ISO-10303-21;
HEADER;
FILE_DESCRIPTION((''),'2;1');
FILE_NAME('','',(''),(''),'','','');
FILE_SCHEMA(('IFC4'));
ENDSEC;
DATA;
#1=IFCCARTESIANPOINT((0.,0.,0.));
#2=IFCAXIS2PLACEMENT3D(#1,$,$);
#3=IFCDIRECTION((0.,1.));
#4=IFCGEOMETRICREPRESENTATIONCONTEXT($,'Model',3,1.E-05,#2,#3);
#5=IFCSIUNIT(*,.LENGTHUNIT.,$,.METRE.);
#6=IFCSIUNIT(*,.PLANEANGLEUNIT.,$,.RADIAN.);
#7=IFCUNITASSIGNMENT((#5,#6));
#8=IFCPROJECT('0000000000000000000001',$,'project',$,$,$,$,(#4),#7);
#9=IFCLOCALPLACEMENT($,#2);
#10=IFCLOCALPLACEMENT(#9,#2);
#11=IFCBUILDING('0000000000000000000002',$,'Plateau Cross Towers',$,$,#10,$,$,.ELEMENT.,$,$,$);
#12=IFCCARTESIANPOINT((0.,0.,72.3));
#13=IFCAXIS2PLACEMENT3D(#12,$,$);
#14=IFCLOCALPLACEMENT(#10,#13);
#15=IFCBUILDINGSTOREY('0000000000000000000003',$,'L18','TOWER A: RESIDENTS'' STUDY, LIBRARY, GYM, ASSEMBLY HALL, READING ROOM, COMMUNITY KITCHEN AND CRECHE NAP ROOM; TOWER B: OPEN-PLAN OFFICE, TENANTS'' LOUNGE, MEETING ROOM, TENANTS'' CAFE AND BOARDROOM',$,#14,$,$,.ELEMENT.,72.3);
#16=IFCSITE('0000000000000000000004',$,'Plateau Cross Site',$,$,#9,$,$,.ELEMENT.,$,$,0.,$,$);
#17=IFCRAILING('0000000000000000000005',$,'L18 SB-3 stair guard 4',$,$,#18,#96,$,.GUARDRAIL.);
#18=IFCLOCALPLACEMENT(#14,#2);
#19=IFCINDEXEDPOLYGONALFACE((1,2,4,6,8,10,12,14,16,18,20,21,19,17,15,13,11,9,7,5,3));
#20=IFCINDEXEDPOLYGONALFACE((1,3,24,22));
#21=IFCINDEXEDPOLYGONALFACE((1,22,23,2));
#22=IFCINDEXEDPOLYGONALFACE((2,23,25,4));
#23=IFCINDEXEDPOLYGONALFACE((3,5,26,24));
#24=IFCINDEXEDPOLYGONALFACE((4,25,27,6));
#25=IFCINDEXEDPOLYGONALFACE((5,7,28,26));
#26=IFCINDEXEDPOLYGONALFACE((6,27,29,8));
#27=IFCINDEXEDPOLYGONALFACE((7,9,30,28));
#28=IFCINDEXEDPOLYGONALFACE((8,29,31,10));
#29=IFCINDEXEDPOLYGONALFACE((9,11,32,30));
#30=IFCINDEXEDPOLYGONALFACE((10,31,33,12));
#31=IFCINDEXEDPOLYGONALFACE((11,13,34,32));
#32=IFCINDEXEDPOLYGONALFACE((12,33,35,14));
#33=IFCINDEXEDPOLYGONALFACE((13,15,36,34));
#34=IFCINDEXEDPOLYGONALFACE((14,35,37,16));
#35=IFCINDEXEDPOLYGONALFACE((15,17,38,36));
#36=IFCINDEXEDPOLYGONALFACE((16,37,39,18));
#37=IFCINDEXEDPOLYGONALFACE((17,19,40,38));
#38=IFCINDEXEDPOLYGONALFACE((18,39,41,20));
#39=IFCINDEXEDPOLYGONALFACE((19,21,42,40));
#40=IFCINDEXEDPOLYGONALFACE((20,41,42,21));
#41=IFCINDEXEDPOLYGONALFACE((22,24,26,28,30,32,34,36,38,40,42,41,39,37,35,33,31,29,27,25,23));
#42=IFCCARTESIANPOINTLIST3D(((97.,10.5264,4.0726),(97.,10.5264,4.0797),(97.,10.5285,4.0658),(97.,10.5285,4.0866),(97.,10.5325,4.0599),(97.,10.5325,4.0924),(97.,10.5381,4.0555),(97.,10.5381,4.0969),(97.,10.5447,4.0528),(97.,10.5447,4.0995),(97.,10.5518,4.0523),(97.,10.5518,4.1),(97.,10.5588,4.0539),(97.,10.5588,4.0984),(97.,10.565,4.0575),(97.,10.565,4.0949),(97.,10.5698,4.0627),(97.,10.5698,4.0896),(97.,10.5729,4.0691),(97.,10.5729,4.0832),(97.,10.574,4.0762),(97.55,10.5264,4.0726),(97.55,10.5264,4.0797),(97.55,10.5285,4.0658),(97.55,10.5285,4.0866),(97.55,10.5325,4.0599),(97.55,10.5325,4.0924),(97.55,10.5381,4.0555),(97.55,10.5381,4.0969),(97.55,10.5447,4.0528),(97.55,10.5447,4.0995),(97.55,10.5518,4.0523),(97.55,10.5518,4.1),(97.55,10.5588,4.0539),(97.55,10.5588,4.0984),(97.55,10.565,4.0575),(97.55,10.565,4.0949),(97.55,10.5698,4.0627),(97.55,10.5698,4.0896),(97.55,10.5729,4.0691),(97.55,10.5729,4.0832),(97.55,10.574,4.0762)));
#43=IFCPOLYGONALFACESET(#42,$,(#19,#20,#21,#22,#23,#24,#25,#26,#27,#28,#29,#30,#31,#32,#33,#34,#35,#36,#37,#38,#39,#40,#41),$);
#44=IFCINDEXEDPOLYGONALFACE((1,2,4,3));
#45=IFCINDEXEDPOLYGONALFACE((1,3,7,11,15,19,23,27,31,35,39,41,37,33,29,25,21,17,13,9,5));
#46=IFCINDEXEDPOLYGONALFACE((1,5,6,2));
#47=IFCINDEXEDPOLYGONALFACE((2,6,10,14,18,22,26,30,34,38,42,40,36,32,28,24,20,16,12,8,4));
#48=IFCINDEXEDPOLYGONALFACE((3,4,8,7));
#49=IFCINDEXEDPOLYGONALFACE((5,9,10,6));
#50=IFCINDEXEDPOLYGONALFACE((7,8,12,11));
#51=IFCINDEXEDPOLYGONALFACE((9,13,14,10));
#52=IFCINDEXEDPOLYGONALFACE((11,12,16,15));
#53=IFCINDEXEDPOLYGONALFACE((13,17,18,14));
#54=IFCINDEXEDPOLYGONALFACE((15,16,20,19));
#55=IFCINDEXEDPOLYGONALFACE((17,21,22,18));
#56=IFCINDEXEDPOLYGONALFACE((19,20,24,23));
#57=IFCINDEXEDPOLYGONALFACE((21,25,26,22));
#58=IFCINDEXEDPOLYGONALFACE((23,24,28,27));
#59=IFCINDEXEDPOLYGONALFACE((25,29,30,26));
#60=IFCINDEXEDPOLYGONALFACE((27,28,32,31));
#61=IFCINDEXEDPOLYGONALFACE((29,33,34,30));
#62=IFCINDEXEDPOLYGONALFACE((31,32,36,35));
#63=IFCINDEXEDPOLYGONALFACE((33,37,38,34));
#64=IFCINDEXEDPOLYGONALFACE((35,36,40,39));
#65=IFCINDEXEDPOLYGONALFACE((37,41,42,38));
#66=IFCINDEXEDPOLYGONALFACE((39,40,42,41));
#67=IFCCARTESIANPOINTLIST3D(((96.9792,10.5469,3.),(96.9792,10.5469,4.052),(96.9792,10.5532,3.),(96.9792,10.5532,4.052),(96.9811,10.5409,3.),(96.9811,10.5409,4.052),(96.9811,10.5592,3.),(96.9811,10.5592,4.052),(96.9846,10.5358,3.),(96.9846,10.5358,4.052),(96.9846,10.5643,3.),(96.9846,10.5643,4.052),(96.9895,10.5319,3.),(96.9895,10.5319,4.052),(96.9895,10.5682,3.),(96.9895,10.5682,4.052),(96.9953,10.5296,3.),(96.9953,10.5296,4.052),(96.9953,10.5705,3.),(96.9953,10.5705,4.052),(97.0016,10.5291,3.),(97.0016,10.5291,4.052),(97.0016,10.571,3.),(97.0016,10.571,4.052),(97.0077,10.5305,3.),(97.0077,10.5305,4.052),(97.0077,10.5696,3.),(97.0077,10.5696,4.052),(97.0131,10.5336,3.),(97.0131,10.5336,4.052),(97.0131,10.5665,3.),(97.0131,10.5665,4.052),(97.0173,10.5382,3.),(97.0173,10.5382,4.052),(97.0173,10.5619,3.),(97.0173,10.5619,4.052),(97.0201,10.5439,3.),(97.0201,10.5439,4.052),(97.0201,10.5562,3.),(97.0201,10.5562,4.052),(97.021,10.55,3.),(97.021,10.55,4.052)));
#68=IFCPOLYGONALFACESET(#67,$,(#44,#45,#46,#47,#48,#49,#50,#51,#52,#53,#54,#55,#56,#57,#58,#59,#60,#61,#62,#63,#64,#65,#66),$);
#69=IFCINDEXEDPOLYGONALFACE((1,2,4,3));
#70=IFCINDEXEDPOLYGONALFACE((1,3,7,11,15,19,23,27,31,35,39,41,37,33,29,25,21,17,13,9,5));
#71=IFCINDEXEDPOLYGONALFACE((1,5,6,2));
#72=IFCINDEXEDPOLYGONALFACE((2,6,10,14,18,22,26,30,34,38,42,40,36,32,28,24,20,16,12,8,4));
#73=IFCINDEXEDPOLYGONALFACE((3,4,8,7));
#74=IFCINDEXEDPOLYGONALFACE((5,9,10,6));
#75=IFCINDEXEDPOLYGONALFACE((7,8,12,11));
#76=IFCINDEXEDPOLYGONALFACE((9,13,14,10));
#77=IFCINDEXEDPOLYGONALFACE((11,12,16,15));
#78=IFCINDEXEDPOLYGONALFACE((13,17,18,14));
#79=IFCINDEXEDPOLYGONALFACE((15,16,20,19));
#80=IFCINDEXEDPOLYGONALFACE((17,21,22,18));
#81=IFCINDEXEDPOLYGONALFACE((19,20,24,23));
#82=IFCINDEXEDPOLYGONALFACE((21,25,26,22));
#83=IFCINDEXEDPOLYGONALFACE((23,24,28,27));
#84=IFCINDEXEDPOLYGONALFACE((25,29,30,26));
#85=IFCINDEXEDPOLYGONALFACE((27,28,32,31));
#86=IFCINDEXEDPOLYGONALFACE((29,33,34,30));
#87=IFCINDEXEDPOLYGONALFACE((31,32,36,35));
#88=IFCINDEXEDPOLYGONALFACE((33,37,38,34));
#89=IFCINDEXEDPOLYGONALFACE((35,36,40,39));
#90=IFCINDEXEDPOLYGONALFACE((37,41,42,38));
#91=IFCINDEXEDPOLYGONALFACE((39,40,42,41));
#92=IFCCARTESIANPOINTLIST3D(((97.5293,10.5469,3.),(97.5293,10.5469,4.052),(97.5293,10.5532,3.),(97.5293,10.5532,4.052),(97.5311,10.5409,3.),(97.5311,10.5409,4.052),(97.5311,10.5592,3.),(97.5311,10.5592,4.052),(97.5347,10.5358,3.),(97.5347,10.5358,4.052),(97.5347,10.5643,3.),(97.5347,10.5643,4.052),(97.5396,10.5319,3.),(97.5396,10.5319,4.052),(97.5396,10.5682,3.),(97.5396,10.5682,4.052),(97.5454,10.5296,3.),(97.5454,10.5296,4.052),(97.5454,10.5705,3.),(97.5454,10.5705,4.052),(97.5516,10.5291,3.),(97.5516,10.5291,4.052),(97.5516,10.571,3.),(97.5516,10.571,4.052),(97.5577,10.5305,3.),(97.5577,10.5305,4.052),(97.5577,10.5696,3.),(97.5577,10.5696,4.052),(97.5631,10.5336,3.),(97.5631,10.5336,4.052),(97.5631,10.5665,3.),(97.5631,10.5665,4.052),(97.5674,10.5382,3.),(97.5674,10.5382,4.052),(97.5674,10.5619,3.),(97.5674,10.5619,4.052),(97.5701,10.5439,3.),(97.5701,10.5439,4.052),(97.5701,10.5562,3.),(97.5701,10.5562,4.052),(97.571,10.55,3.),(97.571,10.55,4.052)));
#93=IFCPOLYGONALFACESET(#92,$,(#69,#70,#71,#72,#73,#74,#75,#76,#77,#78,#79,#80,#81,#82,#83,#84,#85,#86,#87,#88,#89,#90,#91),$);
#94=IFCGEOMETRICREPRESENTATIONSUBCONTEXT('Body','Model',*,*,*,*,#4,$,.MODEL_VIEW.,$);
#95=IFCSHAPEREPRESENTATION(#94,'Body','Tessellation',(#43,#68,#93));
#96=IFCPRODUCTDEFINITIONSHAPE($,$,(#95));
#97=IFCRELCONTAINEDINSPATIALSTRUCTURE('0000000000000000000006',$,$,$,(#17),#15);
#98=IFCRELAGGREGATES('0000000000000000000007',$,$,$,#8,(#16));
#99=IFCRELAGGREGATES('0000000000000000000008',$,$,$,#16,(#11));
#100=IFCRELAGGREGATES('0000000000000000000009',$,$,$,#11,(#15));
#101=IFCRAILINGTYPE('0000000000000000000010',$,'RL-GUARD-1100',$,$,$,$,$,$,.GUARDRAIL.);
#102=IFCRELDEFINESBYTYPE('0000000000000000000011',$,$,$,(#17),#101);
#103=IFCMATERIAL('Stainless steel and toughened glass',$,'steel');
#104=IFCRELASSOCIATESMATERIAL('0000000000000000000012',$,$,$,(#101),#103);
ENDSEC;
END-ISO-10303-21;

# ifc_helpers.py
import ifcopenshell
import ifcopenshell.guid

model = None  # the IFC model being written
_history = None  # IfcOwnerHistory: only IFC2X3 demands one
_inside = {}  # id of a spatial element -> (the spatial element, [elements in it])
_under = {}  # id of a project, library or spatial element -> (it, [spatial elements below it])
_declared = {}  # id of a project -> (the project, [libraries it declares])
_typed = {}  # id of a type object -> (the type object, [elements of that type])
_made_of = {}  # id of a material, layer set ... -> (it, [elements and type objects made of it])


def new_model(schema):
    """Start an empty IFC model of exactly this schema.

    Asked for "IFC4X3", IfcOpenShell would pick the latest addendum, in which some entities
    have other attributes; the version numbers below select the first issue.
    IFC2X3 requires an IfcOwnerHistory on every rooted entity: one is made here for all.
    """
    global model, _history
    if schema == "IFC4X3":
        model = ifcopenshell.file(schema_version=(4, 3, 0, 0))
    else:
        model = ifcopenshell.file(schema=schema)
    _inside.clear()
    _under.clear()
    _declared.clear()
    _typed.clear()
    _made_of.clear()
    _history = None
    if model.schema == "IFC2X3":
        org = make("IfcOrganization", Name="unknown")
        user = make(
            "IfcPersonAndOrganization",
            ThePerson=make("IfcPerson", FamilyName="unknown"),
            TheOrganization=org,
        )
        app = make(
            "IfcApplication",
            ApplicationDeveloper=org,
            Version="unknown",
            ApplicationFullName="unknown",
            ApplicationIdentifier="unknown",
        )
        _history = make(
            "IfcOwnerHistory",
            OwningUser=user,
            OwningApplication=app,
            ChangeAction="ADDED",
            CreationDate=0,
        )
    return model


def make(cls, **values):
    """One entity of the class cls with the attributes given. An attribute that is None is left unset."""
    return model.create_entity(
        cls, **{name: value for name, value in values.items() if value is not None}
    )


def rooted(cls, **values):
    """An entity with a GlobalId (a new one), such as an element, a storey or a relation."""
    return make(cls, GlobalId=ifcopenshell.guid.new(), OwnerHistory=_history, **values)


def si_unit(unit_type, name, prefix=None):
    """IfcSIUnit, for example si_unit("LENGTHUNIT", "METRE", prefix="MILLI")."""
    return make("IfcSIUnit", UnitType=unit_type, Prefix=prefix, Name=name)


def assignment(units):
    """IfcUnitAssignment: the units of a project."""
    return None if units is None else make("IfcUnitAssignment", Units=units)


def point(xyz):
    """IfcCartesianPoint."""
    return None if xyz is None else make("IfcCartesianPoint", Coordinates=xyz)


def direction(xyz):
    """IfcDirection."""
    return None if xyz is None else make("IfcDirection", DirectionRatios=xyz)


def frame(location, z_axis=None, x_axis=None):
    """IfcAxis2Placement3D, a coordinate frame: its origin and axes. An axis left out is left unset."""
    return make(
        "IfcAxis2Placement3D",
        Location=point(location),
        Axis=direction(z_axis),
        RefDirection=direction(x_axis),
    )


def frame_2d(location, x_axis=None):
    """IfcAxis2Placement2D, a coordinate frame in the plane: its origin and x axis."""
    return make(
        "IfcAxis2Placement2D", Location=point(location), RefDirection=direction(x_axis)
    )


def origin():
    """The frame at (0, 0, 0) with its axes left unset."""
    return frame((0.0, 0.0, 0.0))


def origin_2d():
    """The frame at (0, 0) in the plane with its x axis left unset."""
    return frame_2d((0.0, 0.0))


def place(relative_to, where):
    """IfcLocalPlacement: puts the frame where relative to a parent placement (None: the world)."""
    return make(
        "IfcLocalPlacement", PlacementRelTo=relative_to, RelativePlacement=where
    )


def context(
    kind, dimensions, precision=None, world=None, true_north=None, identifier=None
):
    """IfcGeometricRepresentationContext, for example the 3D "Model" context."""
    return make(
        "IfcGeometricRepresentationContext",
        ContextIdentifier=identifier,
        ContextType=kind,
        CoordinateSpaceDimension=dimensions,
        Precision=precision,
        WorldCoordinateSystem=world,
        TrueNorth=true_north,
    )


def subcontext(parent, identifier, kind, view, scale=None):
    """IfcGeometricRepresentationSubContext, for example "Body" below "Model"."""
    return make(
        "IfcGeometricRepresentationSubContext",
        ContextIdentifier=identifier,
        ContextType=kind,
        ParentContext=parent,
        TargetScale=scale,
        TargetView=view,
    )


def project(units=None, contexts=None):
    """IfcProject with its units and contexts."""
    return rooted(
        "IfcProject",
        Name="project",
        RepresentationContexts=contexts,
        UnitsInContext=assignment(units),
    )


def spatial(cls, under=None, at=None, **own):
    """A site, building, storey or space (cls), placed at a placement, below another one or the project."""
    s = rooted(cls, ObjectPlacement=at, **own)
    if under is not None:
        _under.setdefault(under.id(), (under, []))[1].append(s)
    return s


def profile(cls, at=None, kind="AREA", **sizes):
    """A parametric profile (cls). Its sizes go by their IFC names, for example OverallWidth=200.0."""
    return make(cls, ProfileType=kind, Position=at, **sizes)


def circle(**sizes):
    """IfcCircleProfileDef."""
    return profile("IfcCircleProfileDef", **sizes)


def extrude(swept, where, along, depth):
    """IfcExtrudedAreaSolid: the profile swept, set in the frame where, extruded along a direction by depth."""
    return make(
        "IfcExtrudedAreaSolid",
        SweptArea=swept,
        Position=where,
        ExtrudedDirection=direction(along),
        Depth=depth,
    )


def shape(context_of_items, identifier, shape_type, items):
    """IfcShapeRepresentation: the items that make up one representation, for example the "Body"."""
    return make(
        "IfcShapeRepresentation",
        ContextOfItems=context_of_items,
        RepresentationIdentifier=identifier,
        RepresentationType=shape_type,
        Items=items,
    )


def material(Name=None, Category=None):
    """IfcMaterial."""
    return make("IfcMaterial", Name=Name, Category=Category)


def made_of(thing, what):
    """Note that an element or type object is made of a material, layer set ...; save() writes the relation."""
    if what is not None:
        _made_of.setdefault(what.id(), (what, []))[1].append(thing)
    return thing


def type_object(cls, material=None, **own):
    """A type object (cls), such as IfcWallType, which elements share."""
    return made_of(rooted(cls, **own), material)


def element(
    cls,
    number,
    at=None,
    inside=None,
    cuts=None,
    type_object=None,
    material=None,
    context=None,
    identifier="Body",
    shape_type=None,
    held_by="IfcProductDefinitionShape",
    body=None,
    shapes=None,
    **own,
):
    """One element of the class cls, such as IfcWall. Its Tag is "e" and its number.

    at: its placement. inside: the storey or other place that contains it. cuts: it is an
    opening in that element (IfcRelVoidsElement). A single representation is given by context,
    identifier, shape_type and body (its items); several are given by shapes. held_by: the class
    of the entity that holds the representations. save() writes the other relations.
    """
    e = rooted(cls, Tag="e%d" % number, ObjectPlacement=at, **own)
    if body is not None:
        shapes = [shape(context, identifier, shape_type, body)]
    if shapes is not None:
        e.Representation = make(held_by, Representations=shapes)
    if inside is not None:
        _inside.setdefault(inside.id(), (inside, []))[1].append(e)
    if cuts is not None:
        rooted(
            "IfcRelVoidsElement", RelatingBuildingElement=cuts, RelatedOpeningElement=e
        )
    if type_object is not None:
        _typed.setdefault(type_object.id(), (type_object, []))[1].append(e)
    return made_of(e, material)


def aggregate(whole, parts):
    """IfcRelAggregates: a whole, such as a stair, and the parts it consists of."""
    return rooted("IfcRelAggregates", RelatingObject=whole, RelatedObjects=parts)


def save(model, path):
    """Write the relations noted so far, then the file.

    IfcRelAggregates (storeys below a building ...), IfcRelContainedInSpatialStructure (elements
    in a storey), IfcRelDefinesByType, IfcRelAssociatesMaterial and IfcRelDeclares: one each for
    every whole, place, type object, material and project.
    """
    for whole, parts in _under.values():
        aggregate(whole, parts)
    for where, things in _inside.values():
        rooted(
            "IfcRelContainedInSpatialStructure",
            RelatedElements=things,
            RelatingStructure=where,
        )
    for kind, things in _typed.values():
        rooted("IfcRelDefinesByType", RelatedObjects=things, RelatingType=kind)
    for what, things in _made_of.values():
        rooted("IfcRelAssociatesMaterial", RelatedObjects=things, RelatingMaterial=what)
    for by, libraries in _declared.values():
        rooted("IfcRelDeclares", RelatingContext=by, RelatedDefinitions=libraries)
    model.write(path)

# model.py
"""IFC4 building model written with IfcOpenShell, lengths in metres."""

from ifc_helpers import new_model, si_unit, direction, frame, origin, origin_2d, place, context, subcontext, project, spatial, circle, extrude, material, type_object, element, save


model = new_model("IFC4")

# Units and contexts
model_context = context("Model", 3, precision=1e-05, world=origin(), true_north=direction((0.0, 1.0)))
body_context = subcontext(model_context, "Body", "Model", "MODEL_VIEW")
ifc_project = project(units=[si_unit("LENGTHUNIT", "METRE"), si_unit("PLANEANGLEUNIT", "RADIAN")], contexts=[model_context])

# Site, building, storey
site_placement = place(None, origin())
site = spatial("IfcSite", under=ifc_project, at=site_placement, Name="Plateau Cross Site", CompositionType="ELEMENT", RefElevation=0.0)
building_placement = place(site_placement, origin())
building = spatial("IfcBuilding", under=site, at=building_placement, Name="Plateau Cross Towers", CompositionType="ELEMENT")
storey_placement = place(building_placement, frame((0.0, 0.0, 72.3)))
storey = spatial("IfcBuildingStorey", under=building, at=storey_placement, Name="L18", Description="TOWER A: RESIDENTS' STUDY, LIBRARY, GYM, ASSEMBLY HALL, READING ROOM, COMMUNITY KITCHEN AND CRECHE NAP ROOM; TOWER B: OPEN-PLAN OFFICE, TENANTS' LOUNGE, MEETING ROOM, TENANTS' CAFE AND BOARDROOM", CompositionType="ELEMENT", Elevation=72.3)

# Railing
ifc_material_1 = material(Name="Stainless steel and toughened glass", Category="steel")
railing_type_1 = type_object("IfcRailingType", Name="RL-GUARD-1100", PredefinedType="GUARDRAIL", material=ifc_material_1)
railing_1_placement = place(storey_placement, frame((97.0, 10.55, 3.0)))
element("IfcRailing", 1, at=railing_1_placement, inside=storey, type_object=railing_type_1, Name="L18 SB-3 stair guard 4", PredefinedType="GUARDRAIL", context=body_context, shape_type="SweptSolid", body=[
    extrude(circle(Radius=0.0239, at=origin_2d()), frame((0.0, 0.0, 1.0762), z_axis=(1.0, 0.0, 0.0), x_axis=(0.0, 1.0, 0.0)), (0.0, 0.0, 1.0), 0.55),
    extrude(circle(Radius=0.021, at=origin_2d()), origin(), (0.0, 0.0, 1.0), 1.052),
    extrude(circle(Radius=0.021, at=origin_2d()), frame((0.55, 0.0, 0.0)), (0.0, 0.0, 1.0), 1.052),
])

save(model, "model.ifc")
